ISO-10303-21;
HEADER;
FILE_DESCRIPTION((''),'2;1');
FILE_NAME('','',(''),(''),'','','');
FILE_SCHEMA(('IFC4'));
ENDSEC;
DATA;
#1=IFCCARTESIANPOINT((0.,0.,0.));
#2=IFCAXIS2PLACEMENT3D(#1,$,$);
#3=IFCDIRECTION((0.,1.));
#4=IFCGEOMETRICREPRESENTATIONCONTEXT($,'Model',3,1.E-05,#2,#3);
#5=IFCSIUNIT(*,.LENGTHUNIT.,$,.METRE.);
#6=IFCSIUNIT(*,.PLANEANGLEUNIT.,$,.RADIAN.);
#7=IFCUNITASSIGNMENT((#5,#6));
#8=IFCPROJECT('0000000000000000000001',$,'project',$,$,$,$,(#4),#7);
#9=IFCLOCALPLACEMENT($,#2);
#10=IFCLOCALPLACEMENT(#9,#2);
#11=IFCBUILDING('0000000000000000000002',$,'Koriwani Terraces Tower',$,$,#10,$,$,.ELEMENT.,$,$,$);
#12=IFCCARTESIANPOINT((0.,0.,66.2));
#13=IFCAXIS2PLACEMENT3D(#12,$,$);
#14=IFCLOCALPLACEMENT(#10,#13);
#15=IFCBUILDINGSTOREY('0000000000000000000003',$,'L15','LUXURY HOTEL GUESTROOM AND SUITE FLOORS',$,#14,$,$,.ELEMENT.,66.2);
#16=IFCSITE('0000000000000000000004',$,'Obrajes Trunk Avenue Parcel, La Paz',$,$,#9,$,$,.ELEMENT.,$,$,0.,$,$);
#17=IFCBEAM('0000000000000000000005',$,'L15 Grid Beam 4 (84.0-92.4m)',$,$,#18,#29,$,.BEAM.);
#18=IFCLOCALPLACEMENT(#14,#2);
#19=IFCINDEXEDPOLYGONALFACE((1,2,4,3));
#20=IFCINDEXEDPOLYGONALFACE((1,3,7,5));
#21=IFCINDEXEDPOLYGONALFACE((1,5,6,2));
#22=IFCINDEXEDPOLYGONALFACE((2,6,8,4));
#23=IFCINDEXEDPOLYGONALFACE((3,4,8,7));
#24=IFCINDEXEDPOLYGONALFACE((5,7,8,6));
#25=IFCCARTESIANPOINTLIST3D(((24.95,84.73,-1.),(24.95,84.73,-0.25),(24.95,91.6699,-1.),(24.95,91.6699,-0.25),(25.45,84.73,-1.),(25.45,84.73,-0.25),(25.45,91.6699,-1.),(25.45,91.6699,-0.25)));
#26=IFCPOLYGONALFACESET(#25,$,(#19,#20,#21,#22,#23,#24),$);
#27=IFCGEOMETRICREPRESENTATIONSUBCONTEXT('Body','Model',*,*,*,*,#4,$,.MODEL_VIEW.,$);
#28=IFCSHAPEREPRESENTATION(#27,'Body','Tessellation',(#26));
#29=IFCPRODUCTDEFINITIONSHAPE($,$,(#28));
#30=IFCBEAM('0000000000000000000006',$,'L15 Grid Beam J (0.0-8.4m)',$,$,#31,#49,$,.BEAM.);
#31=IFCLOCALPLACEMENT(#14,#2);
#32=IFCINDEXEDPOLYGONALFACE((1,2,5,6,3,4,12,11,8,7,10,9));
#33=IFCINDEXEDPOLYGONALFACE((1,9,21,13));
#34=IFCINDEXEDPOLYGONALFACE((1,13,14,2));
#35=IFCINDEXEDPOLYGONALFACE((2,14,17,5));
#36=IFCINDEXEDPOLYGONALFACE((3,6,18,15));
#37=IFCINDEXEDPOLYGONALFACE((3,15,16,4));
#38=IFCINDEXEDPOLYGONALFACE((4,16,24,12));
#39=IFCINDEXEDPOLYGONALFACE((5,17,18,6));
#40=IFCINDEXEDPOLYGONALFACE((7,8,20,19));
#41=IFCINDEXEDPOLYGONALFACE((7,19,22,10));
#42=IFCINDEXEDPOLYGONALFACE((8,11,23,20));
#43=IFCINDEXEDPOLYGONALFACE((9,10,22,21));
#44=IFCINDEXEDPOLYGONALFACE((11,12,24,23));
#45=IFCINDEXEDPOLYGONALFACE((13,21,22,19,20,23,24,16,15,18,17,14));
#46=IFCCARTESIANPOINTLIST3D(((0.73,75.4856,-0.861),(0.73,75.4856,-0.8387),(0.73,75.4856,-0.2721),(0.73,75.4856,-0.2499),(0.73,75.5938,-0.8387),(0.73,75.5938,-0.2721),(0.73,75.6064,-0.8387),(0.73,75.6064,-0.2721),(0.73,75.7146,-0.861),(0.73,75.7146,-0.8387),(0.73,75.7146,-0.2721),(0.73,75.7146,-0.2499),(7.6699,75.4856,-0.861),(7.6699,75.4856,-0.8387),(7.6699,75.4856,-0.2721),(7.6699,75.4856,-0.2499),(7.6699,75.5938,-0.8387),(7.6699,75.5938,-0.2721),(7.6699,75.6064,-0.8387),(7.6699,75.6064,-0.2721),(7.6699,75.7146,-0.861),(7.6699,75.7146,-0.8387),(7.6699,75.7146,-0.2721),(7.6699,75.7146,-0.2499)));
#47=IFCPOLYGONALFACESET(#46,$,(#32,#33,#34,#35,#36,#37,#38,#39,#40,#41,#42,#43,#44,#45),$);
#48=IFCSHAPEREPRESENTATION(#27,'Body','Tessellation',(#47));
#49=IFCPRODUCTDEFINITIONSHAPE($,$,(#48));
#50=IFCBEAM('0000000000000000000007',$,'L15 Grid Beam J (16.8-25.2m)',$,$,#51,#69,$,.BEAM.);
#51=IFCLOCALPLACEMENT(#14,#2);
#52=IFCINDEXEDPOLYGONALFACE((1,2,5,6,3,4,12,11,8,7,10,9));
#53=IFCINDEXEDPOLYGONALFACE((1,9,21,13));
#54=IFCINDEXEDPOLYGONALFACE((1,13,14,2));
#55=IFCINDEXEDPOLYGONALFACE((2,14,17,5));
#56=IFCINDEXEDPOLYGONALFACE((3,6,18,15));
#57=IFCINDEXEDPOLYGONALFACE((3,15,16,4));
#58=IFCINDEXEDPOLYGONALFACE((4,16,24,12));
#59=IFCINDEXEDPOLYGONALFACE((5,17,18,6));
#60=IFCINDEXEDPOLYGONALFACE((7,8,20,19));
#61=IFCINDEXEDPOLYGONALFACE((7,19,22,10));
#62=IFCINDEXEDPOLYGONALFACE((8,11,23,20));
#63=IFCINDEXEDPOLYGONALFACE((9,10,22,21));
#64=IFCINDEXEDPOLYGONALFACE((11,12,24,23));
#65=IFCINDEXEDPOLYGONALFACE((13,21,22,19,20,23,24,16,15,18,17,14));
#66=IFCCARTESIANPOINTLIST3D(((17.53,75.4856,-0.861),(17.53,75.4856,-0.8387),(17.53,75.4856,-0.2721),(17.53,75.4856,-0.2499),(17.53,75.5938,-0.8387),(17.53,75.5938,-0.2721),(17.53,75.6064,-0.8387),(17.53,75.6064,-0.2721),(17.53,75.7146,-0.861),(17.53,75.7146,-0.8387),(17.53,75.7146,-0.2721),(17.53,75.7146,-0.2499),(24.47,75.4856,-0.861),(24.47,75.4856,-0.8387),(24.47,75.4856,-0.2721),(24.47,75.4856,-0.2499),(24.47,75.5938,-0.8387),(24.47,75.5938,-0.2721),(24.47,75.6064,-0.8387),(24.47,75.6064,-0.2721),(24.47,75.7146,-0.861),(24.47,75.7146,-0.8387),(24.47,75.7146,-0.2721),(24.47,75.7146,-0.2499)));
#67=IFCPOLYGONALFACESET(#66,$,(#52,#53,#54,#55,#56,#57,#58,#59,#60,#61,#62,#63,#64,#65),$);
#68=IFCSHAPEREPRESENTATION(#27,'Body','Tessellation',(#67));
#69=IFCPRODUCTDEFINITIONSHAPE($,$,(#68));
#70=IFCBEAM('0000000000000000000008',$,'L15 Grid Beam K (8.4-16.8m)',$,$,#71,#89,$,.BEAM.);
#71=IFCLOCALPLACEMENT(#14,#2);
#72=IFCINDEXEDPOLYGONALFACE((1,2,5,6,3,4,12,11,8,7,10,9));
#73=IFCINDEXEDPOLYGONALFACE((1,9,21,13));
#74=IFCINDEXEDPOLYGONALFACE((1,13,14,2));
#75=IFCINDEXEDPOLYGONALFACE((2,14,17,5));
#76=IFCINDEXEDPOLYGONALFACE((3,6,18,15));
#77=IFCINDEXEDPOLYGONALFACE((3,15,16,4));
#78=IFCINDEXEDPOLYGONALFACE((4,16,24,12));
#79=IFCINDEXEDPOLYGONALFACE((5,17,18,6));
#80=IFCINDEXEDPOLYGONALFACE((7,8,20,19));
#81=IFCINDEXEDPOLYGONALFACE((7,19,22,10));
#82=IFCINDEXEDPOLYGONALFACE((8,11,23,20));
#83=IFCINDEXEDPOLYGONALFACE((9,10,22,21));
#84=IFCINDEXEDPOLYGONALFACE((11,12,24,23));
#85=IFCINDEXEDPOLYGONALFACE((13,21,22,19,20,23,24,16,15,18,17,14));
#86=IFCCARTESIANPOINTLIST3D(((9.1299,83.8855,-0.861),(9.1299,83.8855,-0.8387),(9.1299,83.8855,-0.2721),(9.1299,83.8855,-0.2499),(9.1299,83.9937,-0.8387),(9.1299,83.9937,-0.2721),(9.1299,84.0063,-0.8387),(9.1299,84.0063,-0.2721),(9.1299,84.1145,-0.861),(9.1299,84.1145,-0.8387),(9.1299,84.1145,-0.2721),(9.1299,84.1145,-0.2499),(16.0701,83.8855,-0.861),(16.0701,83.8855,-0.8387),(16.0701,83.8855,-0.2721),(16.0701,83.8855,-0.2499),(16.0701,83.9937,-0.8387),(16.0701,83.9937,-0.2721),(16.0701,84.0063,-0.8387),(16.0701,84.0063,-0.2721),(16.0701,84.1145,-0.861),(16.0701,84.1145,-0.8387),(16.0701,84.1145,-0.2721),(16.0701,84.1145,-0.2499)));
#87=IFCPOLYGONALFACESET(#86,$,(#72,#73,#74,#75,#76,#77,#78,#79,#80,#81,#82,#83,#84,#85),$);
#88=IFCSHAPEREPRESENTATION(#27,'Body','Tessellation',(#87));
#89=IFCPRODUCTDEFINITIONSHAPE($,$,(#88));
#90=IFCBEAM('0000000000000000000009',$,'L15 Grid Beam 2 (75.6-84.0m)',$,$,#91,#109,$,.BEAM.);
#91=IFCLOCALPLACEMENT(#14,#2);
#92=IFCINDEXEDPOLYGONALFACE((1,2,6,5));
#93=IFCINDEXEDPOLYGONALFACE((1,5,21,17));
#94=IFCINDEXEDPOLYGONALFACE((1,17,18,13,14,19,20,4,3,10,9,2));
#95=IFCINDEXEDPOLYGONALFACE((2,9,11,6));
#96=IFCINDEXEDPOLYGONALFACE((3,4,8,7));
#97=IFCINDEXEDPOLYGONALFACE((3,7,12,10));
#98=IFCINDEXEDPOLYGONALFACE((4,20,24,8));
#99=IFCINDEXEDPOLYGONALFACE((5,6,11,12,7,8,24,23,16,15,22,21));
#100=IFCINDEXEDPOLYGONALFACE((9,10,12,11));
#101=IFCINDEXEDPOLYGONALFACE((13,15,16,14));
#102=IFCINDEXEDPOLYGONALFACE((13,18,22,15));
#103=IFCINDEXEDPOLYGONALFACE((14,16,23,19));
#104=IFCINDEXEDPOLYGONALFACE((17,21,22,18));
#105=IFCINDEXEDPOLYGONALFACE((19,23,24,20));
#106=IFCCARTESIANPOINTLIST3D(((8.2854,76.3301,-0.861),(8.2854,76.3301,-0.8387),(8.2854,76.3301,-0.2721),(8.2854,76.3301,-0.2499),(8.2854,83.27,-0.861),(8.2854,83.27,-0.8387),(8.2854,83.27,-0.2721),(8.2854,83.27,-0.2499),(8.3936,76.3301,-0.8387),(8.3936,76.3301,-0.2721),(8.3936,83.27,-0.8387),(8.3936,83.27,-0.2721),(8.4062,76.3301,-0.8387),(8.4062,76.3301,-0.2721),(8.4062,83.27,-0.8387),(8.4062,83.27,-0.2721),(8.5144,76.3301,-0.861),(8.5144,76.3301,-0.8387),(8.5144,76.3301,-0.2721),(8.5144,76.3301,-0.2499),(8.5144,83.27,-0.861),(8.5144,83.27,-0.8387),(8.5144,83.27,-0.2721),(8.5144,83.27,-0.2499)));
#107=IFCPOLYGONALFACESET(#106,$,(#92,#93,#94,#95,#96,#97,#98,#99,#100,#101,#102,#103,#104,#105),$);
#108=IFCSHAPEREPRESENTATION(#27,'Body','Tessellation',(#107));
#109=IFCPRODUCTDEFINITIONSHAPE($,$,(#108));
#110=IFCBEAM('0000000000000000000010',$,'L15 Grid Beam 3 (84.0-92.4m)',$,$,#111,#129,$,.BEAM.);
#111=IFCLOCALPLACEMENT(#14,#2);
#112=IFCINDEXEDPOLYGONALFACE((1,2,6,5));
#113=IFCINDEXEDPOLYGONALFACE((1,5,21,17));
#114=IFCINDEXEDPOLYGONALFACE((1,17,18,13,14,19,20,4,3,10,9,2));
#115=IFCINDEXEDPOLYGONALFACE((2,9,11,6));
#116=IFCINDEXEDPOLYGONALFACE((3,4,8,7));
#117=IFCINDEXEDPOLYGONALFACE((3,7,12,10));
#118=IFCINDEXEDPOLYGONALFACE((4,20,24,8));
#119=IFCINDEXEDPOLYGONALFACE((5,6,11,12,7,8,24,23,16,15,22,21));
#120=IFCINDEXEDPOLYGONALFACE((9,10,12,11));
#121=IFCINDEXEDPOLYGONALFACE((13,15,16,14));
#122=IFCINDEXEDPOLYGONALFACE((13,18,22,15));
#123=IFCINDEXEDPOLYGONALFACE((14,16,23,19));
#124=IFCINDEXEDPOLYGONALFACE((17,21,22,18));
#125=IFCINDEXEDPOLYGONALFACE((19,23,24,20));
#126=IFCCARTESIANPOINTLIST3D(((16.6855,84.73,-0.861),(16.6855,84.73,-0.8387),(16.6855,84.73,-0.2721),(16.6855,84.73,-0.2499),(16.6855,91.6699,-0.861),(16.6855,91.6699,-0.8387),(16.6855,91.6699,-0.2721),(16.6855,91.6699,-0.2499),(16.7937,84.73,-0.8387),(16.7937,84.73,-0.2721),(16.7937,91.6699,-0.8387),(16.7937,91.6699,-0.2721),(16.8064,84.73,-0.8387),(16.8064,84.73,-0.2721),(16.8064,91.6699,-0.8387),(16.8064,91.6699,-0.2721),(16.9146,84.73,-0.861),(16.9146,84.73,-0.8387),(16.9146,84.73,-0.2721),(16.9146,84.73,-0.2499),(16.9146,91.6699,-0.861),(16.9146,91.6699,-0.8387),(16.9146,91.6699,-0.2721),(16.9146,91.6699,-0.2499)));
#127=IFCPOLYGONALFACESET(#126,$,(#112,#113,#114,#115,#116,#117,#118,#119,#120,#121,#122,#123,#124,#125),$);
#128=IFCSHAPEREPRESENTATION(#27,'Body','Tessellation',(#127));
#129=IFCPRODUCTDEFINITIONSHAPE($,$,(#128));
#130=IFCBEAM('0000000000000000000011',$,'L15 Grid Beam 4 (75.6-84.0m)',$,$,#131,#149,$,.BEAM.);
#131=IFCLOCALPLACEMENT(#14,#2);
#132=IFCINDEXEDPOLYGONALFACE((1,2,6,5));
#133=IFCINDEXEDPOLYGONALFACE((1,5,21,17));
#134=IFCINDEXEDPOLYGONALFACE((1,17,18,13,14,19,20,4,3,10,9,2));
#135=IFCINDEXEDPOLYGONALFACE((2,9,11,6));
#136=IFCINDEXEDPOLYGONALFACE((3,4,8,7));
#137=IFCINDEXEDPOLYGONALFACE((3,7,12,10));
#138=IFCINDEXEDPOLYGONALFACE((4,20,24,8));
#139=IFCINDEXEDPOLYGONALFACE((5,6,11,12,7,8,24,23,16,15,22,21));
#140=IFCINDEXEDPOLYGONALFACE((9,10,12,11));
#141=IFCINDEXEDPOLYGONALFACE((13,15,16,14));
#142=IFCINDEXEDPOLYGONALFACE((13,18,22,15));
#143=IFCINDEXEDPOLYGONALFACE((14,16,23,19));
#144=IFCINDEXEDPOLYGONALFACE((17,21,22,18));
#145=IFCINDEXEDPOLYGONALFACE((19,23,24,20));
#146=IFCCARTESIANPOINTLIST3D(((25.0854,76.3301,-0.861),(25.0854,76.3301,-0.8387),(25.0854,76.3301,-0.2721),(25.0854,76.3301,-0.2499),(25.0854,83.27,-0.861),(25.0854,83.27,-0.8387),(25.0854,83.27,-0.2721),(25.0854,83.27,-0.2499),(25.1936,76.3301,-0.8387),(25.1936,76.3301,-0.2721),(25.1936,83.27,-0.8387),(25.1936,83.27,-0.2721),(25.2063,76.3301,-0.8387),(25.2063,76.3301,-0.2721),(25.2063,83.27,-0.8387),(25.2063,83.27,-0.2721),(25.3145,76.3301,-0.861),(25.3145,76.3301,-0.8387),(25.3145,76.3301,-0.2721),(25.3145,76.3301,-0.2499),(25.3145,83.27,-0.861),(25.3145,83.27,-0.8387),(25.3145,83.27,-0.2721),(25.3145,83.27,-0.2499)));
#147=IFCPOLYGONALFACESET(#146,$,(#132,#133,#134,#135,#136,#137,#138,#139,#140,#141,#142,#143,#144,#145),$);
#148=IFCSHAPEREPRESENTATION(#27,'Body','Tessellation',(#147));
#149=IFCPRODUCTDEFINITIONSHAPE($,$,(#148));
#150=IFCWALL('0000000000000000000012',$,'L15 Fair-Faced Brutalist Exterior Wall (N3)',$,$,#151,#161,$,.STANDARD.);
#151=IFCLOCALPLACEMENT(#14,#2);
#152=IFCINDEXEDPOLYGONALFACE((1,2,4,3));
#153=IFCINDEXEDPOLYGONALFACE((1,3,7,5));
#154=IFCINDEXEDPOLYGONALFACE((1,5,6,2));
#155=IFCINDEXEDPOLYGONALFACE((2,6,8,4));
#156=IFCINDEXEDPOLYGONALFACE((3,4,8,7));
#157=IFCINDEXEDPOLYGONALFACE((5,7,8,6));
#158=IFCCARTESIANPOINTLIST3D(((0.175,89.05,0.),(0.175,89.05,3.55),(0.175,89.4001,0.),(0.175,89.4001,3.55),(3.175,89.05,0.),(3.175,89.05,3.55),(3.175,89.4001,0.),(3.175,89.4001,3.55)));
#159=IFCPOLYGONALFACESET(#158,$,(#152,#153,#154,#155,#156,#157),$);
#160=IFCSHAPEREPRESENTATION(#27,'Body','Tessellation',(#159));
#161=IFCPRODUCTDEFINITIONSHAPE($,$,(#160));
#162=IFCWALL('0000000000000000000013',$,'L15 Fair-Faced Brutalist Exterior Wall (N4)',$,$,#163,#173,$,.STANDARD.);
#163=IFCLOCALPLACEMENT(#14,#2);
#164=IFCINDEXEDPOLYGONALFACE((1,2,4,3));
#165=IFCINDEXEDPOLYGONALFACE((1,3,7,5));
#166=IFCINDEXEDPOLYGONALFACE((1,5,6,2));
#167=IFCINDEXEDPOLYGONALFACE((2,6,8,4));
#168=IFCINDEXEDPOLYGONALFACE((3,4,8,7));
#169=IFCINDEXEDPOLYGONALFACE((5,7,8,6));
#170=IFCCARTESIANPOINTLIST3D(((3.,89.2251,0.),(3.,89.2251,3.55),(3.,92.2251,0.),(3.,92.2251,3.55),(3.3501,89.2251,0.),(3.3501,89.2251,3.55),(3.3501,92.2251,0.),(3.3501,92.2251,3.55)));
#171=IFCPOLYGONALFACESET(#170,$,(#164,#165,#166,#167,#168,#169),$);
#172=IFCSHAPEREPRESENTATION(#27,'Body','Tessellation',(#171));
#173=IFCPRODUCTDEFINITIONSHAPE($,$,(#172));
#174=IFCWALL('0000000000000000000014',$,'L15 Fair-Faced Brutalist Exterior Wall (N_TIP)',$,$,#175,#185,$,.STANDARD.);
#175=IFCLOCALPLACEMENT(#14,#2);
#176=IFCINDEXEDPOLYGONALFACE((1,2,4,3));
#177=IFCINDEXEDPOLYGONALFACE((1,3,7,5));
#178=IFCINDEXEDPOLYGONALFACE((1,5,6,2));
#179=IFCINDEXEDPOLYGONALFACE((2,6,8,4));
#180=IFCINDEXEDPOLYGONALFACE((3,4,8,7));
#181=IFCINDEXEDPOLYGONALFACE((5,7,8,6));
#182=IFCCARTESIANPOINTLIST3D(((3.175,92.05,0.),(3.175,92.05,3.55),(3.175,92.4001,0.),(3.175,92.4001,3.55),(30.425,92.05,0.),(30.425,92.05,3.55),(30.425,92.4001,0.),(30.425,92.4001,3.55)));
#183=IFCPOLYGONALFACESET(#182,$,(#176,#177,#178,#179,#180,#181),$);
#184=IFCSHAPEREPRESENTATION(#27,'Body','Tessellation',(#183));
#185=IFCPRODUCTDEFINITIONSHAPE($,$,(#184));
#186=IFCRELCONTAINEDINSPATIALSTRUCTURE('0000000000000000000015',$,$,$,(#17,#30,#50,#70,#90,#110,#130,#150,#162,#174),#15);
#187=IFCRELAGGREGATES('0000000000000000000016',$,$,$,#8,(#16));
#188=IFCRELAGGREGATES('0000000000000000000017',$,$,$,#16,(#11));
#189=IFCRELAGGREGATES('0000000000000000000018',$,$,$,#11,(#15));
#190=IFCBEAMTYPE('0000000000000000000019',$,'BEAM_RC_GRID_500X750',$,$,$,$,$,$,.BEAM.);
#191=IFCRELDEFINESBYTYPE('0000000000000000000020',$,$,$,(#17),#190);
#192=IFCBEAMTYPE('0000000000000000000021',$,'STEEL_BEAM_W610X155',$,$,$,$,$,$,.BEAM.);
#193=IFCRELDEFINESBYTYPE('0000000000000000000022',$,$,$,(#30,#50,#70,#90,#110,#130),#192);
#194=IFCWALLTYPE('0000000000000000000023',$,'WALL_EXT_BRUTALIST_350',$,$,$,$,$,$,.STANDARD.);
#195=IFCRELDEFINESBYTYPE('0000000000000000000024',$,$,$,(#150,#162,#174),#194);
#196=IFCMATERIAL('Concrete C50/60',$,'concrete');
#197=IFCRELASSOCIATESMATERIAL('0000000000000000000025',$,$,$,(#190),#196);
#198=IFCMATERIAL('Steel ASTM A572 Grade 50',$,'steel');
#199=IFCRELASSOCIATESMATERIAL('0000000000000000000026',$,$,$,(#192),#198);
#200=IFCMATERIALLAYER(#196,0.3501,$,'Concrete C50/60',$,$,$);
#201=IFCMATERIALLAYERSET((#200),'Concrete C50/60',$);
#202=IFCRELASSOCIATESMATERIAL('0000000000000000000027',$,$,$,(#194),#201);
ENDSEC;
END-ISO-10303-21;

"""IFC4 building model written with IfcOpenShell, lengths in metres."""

from ifc_helpers import new_model, si_unit, direction, frame, frame_2d, origin, origin_2d, place, context, subcontext, project, spatial, rectangle, i_section, extrude, material, layer, layer_set, material_profile, profile_set, type_object, element, save


model = new_model("IFC4")

# Units and contexts
model_context = context("Model", 3, precision=1e-05, world=origin(), true_north=direction((0.0, 1.0)))
body_context = subcontext(model_context, "Body", "Model", "MODEL_VIEW")
ifc_project = project(units=[si_unit("LENGTHUNIT", "METRE"), si_unit("PLANEANGLEUNIT", "RADIAN")], contexts=[model_context])

# Site, building, storey
site_placement = place(None, origin())
site = spatial("IfcSite", under=ifc_project, at=site_placement, Name="Obrajes Trunk Avenue Parcel, La Paz", CompositionType="ELEMENT", RefElevation=0.0)
building_placement = place(site_placement, origin())
building = spatial("IfcBuilding", under=site, at=building_placement, Name="Koriwani Terraces Tower", CompositionType="ELEMENT")
storey_placement = place(building_placement, frame((0.0, 0.0, 66.2)))
storey = spatial("IfcBuildingStorey", under=building, at=storey_placement, Name="L15", Description="LUXURY HOTEL GUESTROOM AND SUITE FLOORS", CompositionType="ELEMENT", Elevation=66.2)

# Beams
ifc_material_1 = material(Name="Concrete C50/60", Category="concrete")
ifc_material_profile_1 = material_profile(ifc_material_1, rectangle(XDim=0.5, YDim=0.75, at=origin_2d()), Name="Concrete C50/60", Category="LoadBearing")
ifc_profile_set_1 = profile_set([ifc_material_profile_1], Name="Concrete C50/60")
beam_type_1 = type_object("IfcBeamType", Name="BEAM_RC_GRID_500X750", PredefinedType="BEAM", material=ifc_profile_set_1)
for number, where, z_axis, x_axis, name in (
    (1, (25.2, 84.73, -0.625), (0.0, 1.0, 0.0), (-1.0, 0.0, 0.0), "L15 Grid Beam 4 (84.0-92.4m)"),
):
    element("IfcBeam", number, at=place(storey_placement, frame(where, z_axis=z_axis, x_axis=x_axis)), inside=storey, type_object=beam_type_1, Name=name, PredefinedType="BEAM", context=body_context, shape_type="SweptSolid", body=[
        extrude(rectangle(XDim=0.5, YDim=0.75, at=origin_2d()), origin(), (0.0, 0.0, 1.0), 6.9399),
    ])
ifc_material_2 = material(Name="Steel ASTM A572 Grade 50", Category="steel")
ifc_material_profile_2 = material_profile(ifc_material_2, i_section(OverallWidth=0.229, OverallDepth=0.6111, WebThickness=0.0127, FlangeThickness=0.0222, at=origin_2d()), Name="Steel ASTM A572 Grade 50", Category="LoadBearing")
ifc_profile_set_2 = profile_set([ifc_material_profile_2], Name="Steel ASTM A572 Grade 50")
beam_type_2 = type_object("IfcBeamType", Name="STEEL_BEAM_W610X155", PredefinedType="BEAM", material=ifc_profile_set_2)
for number, where, z_axis, x_axis, name in (
    (2, (0.73, 75.6001, -0.5554), (1.0, 0.0, 0.0), (0.0, 1.0, 0.0), "L15 Grid Beam J (0.0-8.4m)"),
    (3, (17.53, 75.6001, -0.5554), (1.0, 0.0, 0.0), (0.0, 1.0, 0.0), "L15 Grid Beam J (16.8-25.2m)"),
):
    element("IfcBeam", number, at=place(storey_placement, frame(where, z_axis=z_axis, x_axis=x_axis)), inside=storey, type_object=beam_type_2, Name=name, PredefinedType="BEAM", context=body_context, shape_type="SweptSolid", body=[
        extrude(i_section(OverallWidth=0.229, OverallDepth=0.6111, WebThickness=0.0127, FlangeThickness=0.0222, at=origin_2d()), origin(), (0.0, 0.0, 1.0), 6.9399),
    ])
beam_1_placement = place(storey_placement, frame((9.1299, 84.0, -0.5554), z_axis=(1.0, 0.0, 0.0), x_axis=(0.0, 1.0, 0.0)))
element("IfcBeam", 4, at=beam_1_placement, inside=storey, type_object=beam_type_2, Name="L15 Grid Beam K (8.4-16.8m)", PredefinedType="BEAM", context=body_context, shape_type="SweptSolid", body=[
    extrude(i_section(OverallWidth=0.229, OverallDepth=0.6111, WebThickness=0.0127, FlangeThickness=0.0222, at=origin_2d()), origin(), (0.0, 0.0, 1.0), 6.9402),
])
for number, where, z_axis, x_axis, name in (
    (5, (8.3999, 76.3301, -0.5554), (0.0, 1.0, 0.0), (-1.0, 0.0, 0.0), "L15 Grid Beam 2 (75.6-84.0m)"),
    (6, (16.8, 84.73, -0.5554), (0.0, 1.0, 0.0), (-1.0, 0.0, 0.0), "L15 Grid Beam 3 (84.0-92.4m)"),
    (7, (25.2, 76.3301, -0.5554), (0.0, 1.0, 0.0), (-1.0, 0.0, 0.0), "L15 Grid Beam 4 (75.6-84.0m)"),
):
    element("IfcBeam", number, at=place(storey_placement, frame(where, z_axis=z_axis, x_axis=x_axis)), inside=storey, type_object=beam_type_2, Name=name, PredefinedType="BEAM", context=body_context, shape_type="SweptSolid", body=[
        extrude(i_section(OverallWidth=0.229, OverallDepth=0.6111, WebThickness=0.0127, FlangeThickness=0.0222, at=origin_2d()), origin(), (0.0, 0.0, 1.0), 6.9399),
    ])

# Walls
ifc_layer = layer(ifc_material_1, 0.3501, Name="Concrete C50/60")
ifc_layer_set = layer_set([ifc_layer], Name="Concrete C50/60")
wall_type = type_object("IfcWallType", Name="WALL_EXT_BRUTALIST_350", PredefinedType="STANDARD", material=ifc_layer_set)
for number, where, z_axis, x_axis, name in (
    (8, (0.175, 89.2251, 0.0), (0.0, 0.0, 1.0), (1.0, 0.0, 0.0), "L15 Fair-Faced Brutalist Exterior Wall (N3)"),
    (9, (3.175, 89.2251, 0.0), (0.0, 0.0, 1.0), (0.0, 1.0, 0.0), "L15 Fair-Faced Brutalist Exterior Wall (N4)"),
):
    element("IfcWall", number, at=place(storey_placement, frame(where, z_axis=z_axis, x_axis=x_axis)), inside=storey, type_object=wall_type, Name=name, PredefinedType="STANDARD", context=body_context, shape_type="SweptSolid", body=[
        extrude(rectangle(XDim=3.0, YDim=0.3501, at=frame_2d((1.5, 0.0))), origin(), (0.0, 0.0, 1.0), 3.55),
    ])
wall_placement = place(storey_placement, frame((3.175, 92.2251, 0.0), z_axis=(0.0, 0.0, 1.0), x_axis=(1.0, 0.0, 0.0)))
element("IfcWall", 10, at=wall_placement, inside=storey, type_object=wall_type, Name="L15 Fair-Faced Brutalist Exterior Wall (N_TIP)", PredefinedType="STANDARD", context=body_context, shape_type="SweptSolid", body=[
    extrude(rectangle(XDim=27.25, YDim=0.3501, at=frame_2d((13.625, 0.0))), origin(), (0.0, 0.0, 1.0), 3.55),
])

save(model, "model.ifc")
